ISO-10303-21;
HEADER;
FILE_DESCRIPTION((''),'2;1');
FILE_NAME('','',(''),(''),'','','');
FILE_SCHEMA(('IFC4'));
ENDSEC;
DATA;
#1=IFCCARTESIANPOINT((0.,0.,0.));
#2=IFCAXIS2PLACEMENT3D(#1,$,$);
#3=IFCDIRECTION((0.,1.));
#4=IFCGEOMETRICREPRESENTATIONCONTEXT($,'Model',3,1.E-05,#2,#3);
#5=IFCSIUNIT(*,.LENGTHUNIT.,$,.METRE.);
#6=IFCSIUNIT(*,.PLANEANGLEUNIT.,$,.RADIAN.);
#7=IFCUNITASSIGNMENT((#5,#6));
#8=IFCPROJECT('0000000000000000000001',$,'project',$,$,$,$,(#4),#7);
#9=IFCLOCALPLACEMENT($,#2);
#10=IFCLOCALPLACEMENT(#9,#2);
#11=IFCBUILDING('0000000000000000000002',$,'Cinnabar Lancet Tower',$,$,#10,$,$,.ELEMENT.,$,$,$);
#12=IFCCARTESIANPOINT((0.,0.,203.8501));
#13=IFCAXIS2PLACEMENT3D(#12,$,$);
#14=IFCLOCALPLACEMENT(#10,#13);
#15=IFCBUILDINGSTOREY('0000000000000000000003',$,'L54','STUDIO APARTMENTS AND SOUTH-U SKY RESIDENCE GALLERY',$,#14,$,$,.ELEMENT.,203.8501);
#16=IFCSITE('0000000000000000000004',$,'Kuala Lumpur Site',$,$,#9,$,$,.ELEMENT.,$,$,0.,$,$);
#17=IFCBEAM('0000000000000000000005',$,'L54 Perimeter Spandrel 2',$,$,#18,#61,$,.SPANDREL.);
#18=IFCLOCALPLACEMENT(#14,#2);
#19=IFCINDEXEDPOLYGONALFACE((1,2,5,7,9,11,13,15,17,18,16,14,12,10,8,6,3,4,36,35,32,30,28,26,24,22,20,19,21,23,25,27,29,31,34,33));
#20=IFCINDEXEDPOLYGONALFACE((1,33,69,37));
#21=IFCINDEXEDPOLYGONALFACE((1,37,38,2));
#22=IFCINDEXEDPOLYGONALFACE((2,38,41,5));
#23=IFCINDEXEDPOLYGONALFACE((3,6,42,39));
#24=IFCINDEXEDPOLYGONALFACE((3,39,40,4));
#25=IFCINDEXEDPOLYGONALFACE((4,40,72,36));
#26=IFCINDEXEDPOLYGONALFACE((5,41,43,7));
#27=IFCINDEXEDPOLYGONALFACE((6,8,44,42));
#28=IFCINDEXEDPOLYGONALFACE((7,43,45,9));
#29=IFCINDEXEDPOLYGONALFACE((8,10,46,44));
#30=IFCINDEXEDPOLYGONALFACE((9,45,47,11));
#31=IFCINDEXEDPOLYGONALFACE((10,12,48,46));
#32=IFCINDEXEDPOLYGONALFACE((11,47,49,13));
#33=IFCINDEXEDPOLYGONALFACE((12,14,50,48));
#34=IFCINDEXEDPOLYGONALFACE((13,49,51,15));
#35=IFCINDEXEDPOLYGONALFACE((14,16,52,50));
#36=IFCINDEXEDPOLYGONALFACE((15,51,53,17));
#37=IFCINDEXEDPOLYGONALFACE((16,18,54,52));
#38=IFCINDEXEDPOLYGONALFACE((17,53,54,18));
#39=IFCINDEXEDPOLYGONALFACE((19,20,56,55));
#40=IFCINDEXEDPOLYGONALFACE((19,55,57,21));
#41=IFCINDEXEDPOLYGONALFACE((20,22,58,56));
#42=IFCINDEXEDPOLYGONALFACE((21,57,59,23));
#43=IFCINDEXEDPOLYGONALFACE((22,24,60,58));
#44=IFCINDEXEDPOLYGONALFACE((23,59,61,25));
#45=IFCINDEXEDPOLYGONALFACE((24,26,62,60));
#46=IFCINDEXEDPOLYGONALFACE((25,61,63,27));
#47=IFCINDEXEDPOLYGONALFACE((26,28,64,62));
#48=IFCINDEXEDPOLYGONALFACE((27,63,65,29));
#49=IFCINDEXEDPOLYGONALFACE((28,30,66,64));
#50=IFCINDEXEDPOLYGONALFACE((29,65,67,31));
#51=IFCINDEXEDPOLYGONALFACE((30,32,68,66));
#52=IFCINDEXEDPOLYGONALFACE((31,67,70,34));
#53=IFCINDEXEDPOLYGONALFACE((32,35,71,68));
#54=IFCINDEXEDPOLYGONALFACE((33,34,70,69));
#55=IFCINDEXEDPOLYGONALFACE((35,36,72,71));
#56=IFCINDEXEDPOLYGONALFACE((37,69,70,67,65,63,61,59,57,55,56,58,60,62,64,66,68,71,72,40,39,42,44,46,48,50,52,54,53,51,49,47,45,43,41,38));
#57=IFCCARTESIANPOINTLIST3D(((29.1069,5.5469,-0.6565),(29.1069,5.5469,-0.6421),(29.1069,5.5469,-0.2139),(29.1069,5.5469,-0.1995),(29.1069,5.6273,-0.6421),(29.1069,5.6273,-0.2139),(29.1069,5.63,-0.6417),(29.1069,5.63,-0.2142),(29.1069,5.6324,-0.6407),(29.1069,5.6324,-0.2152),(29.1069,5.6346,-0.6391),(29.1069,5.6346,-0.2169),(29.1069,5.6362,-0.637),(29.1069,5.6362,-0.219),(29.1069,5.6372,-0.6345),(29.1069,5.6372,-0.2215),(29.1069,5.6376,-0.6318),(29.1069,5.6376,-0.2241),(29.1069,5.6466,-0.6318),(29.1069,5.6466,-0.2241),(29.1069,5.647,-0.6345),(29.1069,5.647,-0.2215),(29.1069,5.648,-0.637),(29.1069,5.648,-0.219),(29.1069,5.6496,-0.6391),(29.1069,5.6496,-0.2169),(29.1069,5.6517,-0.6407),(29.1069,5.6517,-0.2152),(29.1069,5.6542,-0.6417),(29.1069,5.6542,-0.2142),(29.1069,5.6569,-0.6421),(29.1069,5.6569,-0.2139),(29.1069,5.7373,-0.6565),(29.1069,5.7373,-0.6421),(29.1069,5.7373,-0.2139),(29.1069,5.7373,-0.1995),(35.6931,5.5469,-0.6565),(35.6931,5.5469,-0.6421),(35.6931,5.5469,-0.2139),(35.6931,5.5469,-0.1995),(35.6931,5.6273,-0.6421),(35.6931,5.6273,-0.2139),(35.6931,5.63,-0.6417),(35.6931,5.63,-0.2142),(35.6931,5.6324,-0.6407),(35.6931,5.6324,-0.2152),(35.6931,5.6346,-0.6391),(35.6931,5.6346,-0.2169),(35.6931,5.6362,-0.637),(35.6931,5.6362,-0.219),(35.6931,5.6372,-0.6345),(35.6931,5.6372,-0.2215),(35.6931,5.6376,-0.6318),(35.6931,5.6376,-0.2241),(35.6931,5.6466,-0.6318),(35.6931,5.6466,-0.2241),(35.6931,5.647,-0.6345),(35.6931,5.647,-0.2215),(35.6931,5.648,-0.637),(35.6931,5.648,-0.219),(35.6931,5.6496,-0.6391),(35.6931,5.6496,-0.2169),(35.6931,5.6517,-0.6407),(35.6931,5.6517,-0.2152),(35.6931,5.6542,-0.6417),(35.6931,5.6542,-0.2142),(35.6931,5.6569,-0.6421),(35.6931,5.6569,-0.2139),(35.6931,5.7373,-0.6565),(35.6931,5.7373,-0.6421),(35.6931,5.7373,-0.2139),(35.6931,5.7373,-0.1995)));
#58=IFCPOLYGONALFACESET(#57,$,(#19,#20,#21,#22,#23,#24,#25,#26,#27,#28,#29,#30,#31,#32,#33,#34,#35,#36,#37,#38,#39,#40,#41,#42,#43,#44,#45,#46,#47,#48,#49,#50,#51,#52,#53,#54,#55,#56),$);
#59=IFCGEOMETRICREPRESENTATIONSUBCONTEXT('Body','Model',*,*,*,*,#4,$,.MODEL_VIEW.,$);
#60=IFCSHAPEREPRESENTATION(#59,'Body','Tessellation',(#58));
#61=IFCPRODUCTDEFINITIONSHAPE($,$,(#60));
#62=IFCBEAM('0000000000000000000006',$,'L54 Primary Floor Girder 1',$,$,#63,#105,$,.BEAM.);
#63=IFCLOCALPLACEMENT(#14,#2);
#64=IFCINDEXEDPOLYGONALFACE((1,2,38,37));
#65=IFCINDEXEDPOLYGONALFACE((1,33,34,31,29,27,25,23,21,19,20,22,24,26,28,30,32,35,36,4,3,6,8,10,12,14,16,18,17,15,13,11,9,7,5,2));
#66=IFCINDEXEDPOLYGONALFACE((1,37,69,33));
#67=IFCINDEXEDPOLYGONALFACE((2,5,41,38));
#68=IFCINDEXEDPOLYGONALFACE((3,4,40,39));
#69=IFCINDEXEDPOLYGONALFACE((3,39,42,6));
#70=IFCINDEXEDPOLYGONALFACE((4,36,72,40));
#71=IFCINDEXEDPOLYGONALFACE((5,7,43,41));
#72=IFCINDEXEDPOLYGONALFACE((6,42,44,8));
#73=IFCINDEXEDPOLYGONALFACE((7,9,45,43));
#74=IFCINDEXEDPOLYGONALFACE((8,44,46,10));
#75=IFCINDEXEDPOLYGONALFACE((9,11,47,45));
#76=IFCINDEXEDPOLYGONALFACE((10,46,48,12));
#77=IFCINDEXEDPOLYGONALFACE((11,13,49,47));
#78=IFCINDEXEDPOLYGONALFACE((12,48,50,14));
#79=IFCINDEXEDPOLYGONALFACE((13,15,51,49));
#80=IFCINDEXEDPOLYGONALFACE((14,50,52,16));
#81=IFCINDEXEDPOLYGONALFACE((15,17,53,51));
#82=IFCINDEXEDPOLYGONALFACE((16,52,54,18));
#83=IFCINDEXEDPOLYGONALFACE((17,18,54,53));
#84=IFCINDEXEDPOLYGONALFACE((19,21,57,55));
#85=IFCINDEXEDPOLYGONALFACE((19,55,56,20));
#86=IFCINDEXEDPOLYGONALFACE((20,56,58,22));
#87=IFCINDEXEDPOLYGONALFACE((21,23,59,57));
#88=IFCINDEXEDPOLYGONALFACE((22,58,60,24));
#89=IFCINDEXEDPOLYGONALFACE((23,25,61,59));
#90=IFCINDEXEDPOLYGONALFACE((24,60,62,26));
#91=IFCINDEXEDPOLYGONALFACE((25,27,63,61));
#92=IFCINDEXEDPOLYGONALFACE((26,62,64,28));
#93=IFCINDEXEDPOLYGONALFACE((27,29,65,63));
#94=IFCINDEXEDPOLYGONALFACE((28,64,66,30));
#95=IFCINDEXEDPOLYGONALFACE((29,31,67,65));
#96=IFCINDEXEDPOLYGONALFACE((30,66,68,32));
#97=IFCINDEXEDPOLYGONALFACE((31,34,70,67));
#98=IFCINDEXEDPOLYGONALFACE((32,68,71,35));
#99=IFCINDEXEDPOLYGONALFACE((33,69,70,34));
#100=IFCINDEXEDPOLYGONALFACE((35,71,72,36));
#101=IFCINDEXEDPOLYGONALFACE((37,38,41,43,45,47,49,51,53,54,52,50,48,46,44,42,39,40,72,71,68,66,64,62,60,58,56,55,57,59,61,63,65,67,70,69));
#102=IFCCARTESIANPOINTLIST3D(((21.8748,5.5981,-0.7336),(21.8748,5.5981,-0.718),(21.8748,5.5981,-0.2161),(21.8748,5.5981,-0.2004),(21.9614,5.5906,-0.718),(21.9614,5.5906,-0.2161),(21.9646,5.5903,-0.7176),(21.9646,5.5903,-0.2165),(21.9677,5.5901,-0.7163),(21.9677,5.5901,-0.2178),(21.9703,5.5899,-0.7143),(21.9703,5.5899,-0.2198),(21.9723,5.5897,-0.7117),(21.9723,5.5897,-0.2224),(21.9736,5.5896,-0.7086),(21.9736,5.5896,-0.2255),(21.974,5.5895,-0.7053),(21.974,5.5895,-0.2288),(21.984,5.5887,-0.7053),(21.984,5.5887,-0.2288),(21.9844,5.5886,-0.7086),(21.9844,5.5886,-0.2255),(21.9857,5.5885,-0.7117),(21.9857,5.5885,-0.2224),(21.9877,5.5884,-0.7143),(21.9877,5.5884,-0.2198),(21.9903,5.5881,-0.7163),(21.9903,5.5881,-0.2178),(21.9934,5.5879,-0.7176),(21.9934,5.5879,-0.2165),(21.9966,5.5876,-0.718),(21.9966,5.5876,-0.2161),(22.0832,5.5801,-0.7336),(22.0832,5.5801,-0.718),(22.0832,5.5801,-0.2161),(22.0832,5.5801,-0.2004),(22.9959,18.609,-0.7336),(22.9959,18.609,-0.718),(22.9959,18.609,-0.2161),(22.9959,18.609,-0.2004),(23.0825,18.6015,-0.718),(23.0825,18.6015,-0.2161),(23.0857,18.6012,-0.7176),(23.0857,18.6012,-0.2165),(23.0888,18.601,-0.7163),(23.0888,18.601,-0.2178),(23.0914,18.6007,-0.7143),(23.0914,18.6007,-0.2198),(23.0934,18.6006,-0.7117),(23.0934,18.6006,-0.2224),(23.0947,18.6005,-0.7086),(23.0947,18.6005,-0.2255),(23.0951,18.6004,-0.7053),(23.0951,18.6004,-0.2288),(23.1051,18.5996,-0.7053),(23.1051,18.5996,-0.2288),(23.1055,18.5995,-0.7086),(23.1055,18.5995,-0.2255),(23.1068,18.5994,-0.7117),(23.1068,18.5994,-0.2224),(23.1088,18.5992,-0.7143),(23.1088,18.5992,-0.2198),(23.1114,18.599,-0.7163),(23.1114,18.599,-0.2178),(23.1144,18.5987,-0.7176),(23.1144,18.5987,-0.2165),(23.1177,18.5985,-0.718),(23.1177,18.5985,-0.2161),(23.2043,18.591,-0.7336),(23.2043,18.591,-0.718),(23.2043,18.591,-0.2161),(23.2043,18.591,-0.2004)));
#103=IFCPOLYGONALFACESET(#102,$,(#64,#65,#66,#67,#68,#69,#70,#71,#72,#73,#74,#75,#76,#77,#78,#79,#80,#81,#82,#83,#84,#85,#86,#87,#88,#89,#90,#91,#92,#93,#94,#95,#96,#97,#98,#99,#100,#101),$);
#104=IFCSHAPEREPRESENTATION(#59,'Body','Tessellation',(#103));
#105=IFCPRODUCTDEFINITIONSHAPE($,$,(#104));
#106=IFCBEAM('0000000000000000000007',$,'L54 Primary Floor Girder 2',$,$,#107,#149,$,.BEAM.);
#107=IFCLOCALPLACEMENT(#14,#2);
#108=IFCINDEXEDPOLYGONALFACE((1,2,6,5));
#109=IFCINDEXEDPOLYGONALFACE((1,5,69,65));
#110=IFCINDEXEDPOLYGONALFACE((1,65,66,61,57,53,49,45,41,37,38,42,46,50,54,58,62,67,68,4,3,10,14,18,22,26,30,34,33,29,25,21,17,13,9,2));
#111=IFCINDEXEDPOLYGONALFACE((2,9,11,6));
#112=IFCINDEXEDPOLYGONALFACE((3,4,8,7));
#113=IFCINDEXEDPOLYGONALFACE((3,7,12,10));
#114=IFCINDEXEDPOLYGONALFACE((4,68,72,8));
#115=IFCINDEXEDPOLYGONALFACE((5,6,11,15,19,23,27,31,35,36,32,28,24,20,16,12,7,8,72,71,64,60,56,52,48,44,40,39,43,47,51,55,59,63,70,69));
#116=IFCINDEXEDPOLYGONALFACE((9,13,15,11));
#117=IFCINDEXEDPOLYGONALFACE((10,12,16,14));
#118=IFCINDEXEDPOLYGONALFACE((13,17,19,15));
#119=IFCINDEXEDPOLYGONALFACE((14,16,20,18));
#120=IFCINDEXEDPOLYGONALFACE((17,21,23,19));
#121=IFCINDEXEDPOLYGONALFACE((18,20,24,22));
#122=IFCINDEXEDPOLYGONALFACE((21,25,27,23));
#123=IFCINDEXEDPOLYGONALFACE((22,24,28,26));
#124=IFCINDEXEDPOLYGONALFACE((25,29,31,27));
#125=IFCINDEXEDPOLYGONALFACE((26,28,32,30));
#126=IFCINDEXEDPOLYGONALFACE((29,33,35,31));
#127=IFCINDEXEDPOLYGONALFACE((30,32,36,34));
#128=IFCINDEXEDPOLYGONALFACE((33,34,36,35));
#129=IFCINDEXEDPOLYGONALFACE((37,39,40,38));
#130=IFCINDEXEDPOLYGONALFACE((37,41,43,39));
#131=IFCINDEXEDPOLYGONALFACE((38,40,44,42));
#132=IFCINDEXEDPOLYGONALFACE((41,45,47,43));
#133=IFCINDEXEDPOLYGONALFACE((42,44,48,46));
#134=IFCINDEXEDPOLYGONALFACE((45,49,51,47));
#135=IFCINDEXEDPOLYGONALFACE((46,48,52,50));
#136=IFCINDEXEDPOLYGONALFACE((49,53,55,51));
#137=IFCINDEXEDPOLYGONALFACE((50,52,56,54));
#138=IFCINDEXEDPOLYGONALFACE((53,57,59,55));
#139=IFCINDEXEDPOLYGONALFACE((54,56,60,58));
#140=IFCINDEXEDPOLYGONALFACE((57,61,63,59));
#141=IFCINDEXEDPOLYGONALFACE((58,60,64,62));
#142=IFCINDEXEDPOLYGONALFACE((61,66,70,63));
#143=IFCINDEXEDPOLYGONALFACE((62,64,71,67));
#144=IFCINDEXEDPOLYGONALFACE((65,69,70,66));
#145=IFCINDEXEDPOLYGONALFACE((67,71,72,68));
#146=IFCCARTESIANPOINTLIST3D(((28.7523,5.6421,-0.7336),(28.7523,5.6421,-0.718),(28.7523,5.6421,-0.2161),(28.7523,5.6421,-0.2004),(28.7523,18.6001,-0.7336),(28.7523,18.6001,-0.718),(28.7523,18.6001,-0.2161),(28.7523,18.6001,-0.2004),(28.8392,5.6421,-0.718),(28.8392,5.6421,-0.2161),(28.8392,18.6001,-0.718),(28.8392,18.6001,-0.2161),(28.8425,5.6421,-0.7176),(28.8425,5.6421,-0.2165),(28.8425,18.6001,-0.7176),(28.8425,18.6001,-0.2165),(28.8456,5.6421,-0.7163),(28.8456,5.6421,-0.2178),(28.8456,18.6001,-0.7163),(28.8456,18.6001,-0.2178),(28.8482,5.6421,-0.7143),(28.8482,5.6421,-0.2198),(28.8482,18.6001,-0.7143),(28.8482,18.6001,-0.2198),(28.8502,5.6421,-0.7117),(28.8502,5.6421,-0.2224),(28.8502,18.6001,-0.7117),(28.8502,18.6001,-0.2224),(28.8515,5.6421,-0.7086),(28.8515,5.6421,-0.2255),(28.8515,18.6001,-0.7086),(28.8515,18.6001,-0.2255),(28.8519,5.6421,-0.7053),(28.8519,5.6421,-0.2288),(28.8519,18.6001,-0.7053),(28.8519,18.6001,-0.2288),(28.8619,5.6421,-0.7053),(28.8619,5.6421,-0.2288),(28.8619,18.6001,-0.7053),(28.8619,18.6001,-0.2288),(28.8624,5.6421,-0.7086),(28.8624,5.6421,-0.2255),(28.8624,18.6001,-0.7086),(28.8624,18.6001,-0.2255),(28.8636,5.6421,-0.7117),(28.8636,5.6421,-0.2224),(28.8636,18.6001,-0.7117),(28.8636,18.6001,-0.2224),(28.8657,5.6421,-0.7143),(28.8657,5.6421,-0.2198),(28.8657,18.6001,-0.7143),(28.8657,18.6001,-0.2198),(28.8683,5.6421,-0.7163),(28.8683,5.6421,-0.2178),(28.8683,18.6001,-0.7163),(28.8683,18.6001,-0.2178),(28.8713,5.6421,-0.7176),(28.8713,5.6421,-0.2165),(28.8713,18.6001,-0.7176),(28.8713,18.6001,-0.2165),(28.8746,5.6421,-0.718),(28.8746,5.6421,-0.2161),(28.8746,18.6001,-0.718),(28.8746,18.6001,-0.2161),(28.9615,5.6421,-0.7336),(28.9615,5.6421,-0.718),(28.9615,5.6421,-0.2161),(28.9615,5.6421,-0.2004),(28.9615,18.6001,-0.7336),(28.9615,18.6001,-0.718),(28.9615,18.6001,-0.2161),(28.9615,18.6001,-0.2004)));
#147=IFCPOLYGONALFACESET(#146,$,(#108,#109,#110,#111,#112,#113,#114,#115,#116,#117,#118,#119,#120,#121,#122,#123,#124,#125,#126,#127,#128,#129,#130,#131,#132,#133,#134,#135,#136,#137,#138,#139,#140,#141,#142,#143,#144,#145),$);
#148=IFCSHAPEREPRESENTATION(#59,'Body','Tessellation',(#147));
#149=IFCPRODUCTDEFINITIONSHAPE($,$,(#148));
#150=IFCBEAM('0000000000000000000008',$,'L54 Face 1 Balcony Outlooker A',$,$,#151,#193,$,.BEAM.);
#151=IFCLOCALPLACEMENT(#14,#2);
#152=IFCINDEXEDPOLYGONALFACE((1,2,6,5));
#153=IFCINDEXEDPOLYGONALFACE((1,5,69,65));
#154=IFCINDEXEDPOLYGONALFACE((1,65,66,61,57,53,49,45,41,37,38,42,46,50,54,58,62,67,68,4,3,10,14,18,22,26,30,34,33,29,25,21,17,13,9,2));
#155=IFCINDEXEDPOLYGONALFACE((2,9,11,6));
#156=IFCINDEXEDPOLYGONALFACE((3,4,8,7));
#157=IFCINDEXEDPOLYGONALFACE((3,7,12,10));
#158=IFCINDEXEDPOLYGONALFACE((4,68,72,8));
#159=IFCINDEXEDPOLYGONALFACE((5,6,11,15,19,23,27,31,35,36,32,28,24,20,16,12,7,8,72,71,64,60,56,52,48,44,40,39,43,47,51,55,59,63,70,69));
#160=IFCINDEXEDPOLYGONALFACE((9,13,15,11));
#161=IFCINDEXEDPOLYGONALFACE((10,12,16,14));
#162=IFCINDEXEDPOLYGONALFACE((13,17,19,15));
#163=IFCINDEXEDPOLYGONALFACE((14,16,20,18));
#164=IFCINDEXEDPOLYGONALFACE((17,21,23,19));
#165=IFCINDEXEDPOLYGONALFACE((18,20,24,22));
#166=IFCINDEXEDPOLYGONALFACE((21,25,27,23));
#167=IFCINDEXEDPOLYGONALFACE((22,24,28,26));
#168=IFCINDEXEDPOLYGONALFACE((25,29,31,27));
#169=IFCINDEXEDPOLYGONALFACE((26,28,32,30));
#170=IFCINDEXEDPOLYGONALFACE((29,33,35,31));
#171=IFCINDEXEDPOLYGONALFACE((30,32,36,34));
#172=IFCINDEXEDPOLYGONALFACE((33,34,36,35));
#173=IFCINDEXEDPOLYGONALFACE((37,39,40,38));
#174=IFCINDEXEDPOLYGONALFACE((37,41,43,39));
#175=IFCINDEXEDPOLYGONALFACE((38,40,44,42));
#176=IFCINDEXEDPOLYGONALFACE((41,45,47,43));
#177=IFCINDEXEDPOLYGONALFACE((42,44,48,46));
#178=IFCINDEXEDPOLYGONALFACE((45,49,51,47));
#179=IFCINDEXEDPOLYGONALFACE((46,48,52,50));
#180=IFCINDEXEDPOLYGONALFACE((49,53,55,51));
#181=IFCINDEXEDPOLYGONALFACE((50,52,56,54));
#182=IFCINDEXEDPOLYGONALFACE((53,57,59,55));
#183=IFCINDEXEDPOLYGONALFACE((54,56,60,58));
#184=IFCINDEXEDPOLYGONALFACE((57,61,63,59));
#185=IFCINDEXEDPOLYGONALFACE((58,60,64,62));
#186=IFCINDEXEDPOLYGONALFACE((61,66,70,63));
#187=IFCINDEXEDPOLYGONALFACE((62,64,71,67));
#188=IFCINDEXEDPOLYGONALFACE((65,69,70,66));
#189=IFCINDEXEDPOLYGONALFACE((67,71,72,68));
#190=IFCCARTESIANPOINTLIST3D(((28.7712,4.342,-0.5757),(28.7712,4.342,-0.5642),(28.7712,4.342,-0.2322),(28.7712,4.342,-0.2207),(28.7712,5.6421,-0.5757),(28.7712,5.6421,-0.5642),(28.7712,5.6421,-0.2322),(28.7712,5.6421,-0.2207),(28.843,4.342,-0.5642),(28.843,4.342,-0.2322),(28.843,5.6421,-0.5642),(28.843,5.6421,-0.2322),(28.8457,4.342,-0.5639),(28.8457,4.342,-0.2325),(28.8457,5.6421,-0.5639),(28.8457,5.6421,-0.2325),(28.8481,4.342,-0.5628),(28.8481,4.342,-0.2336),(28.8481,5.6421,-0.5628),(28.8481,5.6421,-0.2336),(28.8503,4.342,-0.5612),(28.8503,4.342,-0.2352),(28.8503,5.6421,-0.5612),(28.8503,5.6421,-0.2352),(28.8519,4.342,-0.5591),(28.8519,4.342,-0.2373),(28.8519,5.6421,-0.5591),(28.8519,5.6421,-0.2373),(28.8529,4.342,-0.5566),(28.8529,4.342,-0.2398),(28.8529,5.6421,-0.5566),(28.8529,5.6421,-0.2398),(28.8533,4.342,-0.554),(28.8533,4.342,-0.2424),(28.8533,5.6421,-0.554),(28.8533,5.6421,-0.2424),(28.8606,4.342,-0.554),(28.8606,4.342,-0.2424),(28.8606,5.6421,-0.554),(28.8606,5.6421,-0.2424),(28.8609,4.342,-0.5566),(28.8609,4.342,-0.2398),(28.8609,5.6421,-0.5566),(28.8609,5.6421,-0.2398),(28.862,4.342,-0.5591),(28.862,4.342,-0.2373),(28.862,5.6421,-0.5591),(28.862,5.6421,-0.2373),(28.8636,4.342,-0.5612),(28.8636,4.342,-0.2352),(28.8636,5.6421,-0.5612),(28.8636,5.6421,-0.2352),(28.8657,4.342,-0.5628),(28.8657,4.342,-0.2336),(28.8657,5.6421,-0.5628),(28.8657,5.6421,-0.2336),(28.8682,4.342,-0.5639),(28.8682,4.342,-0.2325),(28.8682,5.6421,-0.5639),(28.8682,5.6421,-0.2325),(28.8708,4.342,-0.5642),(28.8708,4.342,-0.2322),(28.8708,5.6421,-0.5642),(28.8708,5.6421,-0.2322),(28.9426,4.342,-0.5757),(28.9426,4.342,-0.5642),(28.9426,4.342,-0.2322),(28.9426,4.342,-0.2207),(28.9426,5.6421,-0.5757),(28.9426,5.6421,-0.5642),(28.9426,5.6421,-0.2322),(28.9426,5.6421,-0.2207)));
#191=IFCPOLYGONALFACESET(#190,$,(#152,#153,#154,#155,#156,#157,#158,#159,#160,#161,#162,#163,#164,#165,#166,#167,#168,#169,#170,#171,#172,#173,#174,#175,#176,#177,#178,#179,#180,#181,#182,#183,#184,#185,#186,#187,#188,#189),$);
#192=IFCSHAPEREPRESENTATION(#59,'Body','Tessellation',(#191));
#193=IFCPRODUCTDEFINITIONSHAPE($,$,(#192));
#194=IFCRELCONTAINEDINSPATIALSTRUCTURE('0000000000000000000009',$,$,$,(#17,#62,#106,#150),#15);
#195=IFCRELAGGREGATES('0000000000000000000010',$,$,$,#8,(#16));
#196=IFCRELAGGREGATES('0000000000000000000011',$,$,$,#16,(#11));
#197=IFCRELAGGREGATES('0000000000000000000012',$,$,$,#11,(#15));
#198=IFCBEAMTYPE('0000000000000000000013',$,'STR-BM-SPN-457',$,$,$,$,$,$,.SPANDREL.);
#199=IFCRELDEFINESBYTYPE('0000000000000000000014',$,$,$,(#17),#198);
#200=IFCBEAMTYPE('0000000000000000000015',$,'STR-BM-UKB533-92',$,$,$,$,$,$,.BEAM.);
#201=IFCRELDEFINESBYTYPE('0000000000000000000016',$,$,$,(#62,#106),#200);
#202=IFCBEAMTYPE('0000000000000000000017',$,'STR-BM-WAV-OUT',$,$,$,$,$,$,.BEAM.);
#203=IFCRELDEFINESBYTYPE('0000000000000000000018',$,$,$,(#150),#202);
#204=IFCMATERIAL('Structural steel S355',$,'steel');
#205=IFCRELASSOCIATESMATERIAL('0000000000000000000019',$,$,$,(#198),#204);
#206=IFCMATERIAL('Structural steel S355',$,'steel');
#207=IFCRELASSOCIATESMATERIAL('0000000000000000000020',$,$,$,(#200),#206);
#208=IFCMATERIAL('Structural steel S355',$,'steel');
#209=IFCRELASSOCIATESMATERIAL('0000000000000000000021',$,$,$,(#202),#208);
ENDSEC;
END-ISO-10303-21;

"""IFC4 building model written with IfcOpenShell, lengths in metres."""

from ifc_helpers import new_model, si_unit, direction, frame, origin, origin_2d, place, context, subcontext, project, spatial, i_section, extrude, material, material_profile, profile_set, type_object, element, save


model = new_model("IFC4")

# Units and contexts
model_context = context("Model", 3, precision=1e-05, world=origin(), true_north=direction((0.0, 1.0)))
body_context = subcontext(model_context, "Body", "Model", "MODEL_VIEW")
ifc_project = project(units=[si_unit("LENGTHUNIT", "METRE"), si_unit("PLANEANGLEUNIT", "RADIAN")], contexts=[model_context])

# Site, building, storey
site_placement = place(None, origin())
site = spatial("IfcSite", under=ifc_project, at=site_placement, Name="Kuala Lumpur Site", CompositionType="ELEMENT", RefElevation=0.0)
building_placement = place(site_placement, origin())
building = spatial("IfcBuilding", under=site, at=building_placement, Name="Cinnabar Lancet Tower", CompositionType="ELEMENT")
storey_placement = place(building_placement, frame((0.0, 0.0, 203.8501)))
storey = spatial("IfcBuildingStorey", under=building, at=storey_placement, Name="L54", Description="STUDIO APARTMENTS AND SOUTH-U SKY RESIDENCE GALLERY", CompositionType="ELEMENT", Elevation=203.8501)

# Beams
ifc_material_1 = material(Name="Structural steel S355", Category="steel")
ifc_material_profile_1 = material_profile(ifc_material_1, i_section(OverallWidth=0.1904, OverallDepth=0.457, WebThickness=0.009, FlangeThickness=0.0144, FilletRadius=0.0103, at=origin_2d()), Name="UKB 457x191x74")
ifc_profile_set_1 = profile_set([ifc_material_profile_1], Name="Structural steel S355")
beam_type_1 = type_object("IfcBeamType", Name="STR-BM-SPN-457", PredefinedType="SPANDREL", material=ifc_profile_set_1)
beam_1_placement = place(storey_placement, frame((29.1069, 5.6421, -0.428), z_axis=(1.0, 0.0, 0.0), x_axis=(0.0, 1.0, 0.0)))
element("IfcBeam", 1, at=beam_1_placement, inside=storey, type_object=beam_type_1, Name="L54 Perimeter Spandrel 2", PredefinedType="SPANDREL", context=body_context, shape_type="SweptSolid", body=[
    extrude(i_section(OverallWidth=0.1904, OverallDepth=0.457, WebThickness=0.009, FlangeThickness=0.0144, FilletRadius=0.0103, at=origin_2d()), origin(), (0.0, 0.0, 1.0), 6.5862),
])
ifc_material_2 = material(Name="Structural steel S355", Category="steel")
ifc_material_profile_2 = material_profile(ifc_material_2, i_section(OverallWidth=0.2092, OverallDepth=0.5332, WebThickness=0.01, FlangeThickness=0.0156, FilletRadius=0.0127, at=origin_2d()), Name="UKB 533x210x92")
ifc_profile_set_2 = profile_set([ifc_material_profile_2], Name="Structural steel S355")
beam_type_2 = type_object("IfcBeamType", Name="STR-BM-UKB533-92", PredefinedType="BEAM", material=ifc_profile_set_2)
beam_2_placement = place(storey_placement, frame((21.979, 5.5891, -0.467), z_axis=(0.085847, 0.996308, 0.0), x_axis=(-0.996308, 0.085847, 0.0)))
element("IfcBeam", 2, at=beam_2_placement, inside=storey, type_object=beam_type_2, Name="L54 Primary Floor Girder 1", PredefinedType="BEAM", context=body_context, shape_type="SweptSolid", body=[
    extrude(i_section(OverallWidth=0.2092, OverallDepth=0.5332, WebThickness=0.01, FlangeThickness=0.0156, FilletRadius=0.0127, at=origin_2d()), origin(), (0.0, 0.0, 1.0), 13.0591),
])
beam_3_placement = place(storey_placement, frame((28.8569, 5.6421, -0.467), z_axis=(0.0, 1.0, 0.0), x_axis=(-1.0, 0.0, 0.0)))
element("IfcBeam", 3, at=beam_3_placement, inside=storey, type_object=beam_type_2, Name="L54 Primary Floor Girder 2", PredefinedType="BEAM", context=body_context, shape_type="SweptSolid", body=[
    extrude(i_section(OverallWidth=0.2092, OverallDepth=0.5332, WebThickness=0.01, FlangeThickness=0.0156, FilletRadius=0.0127, at=origin_2d()), origin(), (0.0, 0.0, 1.0), 12.958),
])
ifc_material_3 = material(Name="Structural steel S355", Category="steel")
ifc_material_profile_3 = material_profile(ifc_material_3, i_section(OverallWidth=0.1714, OverallDepth=0.355, WebThickness=0.0073, FlangeThickness=0.0115, FilletRadius=0.0103, at=origin_2d()), Name="UKB 356x171x51")
ifc_profile_set_3 = profile_set([ifc_material_profile_3], Name="Structural steel S355")
beam_type_3 = type_object("IfcBeamType", Name="STR-BM-WAV-OUT", PredefinedType="BEAM", material=ifc_profile_set_3)
beam_4_placement = place(storey_placement, frame((28.8569, 5.6421, -0.3982), z_axis=(0.0, -1.0, 0.0), x_axis=(1.0, 0.0, 0.0)))
element("IfcBeam", 4, at=beam_4_placement, inside=storey, type_object=beam_type_3, Name="L54 Face 1 Balcony Outlooker A", PredefinedType="BEAM", context=body_context, shape_type="SweptSolid", body=[
    extrude(i_section(OverallWidth=0.1714, OverallDepth=0.355, WebThickness=0.0073, FlangeThickness=0.0115, FilletRadius=0.0103, at=origin_2d()), origin(), (0.0, 0.0, 1.0), 1.3),
])

save(model, "model.ifc")
